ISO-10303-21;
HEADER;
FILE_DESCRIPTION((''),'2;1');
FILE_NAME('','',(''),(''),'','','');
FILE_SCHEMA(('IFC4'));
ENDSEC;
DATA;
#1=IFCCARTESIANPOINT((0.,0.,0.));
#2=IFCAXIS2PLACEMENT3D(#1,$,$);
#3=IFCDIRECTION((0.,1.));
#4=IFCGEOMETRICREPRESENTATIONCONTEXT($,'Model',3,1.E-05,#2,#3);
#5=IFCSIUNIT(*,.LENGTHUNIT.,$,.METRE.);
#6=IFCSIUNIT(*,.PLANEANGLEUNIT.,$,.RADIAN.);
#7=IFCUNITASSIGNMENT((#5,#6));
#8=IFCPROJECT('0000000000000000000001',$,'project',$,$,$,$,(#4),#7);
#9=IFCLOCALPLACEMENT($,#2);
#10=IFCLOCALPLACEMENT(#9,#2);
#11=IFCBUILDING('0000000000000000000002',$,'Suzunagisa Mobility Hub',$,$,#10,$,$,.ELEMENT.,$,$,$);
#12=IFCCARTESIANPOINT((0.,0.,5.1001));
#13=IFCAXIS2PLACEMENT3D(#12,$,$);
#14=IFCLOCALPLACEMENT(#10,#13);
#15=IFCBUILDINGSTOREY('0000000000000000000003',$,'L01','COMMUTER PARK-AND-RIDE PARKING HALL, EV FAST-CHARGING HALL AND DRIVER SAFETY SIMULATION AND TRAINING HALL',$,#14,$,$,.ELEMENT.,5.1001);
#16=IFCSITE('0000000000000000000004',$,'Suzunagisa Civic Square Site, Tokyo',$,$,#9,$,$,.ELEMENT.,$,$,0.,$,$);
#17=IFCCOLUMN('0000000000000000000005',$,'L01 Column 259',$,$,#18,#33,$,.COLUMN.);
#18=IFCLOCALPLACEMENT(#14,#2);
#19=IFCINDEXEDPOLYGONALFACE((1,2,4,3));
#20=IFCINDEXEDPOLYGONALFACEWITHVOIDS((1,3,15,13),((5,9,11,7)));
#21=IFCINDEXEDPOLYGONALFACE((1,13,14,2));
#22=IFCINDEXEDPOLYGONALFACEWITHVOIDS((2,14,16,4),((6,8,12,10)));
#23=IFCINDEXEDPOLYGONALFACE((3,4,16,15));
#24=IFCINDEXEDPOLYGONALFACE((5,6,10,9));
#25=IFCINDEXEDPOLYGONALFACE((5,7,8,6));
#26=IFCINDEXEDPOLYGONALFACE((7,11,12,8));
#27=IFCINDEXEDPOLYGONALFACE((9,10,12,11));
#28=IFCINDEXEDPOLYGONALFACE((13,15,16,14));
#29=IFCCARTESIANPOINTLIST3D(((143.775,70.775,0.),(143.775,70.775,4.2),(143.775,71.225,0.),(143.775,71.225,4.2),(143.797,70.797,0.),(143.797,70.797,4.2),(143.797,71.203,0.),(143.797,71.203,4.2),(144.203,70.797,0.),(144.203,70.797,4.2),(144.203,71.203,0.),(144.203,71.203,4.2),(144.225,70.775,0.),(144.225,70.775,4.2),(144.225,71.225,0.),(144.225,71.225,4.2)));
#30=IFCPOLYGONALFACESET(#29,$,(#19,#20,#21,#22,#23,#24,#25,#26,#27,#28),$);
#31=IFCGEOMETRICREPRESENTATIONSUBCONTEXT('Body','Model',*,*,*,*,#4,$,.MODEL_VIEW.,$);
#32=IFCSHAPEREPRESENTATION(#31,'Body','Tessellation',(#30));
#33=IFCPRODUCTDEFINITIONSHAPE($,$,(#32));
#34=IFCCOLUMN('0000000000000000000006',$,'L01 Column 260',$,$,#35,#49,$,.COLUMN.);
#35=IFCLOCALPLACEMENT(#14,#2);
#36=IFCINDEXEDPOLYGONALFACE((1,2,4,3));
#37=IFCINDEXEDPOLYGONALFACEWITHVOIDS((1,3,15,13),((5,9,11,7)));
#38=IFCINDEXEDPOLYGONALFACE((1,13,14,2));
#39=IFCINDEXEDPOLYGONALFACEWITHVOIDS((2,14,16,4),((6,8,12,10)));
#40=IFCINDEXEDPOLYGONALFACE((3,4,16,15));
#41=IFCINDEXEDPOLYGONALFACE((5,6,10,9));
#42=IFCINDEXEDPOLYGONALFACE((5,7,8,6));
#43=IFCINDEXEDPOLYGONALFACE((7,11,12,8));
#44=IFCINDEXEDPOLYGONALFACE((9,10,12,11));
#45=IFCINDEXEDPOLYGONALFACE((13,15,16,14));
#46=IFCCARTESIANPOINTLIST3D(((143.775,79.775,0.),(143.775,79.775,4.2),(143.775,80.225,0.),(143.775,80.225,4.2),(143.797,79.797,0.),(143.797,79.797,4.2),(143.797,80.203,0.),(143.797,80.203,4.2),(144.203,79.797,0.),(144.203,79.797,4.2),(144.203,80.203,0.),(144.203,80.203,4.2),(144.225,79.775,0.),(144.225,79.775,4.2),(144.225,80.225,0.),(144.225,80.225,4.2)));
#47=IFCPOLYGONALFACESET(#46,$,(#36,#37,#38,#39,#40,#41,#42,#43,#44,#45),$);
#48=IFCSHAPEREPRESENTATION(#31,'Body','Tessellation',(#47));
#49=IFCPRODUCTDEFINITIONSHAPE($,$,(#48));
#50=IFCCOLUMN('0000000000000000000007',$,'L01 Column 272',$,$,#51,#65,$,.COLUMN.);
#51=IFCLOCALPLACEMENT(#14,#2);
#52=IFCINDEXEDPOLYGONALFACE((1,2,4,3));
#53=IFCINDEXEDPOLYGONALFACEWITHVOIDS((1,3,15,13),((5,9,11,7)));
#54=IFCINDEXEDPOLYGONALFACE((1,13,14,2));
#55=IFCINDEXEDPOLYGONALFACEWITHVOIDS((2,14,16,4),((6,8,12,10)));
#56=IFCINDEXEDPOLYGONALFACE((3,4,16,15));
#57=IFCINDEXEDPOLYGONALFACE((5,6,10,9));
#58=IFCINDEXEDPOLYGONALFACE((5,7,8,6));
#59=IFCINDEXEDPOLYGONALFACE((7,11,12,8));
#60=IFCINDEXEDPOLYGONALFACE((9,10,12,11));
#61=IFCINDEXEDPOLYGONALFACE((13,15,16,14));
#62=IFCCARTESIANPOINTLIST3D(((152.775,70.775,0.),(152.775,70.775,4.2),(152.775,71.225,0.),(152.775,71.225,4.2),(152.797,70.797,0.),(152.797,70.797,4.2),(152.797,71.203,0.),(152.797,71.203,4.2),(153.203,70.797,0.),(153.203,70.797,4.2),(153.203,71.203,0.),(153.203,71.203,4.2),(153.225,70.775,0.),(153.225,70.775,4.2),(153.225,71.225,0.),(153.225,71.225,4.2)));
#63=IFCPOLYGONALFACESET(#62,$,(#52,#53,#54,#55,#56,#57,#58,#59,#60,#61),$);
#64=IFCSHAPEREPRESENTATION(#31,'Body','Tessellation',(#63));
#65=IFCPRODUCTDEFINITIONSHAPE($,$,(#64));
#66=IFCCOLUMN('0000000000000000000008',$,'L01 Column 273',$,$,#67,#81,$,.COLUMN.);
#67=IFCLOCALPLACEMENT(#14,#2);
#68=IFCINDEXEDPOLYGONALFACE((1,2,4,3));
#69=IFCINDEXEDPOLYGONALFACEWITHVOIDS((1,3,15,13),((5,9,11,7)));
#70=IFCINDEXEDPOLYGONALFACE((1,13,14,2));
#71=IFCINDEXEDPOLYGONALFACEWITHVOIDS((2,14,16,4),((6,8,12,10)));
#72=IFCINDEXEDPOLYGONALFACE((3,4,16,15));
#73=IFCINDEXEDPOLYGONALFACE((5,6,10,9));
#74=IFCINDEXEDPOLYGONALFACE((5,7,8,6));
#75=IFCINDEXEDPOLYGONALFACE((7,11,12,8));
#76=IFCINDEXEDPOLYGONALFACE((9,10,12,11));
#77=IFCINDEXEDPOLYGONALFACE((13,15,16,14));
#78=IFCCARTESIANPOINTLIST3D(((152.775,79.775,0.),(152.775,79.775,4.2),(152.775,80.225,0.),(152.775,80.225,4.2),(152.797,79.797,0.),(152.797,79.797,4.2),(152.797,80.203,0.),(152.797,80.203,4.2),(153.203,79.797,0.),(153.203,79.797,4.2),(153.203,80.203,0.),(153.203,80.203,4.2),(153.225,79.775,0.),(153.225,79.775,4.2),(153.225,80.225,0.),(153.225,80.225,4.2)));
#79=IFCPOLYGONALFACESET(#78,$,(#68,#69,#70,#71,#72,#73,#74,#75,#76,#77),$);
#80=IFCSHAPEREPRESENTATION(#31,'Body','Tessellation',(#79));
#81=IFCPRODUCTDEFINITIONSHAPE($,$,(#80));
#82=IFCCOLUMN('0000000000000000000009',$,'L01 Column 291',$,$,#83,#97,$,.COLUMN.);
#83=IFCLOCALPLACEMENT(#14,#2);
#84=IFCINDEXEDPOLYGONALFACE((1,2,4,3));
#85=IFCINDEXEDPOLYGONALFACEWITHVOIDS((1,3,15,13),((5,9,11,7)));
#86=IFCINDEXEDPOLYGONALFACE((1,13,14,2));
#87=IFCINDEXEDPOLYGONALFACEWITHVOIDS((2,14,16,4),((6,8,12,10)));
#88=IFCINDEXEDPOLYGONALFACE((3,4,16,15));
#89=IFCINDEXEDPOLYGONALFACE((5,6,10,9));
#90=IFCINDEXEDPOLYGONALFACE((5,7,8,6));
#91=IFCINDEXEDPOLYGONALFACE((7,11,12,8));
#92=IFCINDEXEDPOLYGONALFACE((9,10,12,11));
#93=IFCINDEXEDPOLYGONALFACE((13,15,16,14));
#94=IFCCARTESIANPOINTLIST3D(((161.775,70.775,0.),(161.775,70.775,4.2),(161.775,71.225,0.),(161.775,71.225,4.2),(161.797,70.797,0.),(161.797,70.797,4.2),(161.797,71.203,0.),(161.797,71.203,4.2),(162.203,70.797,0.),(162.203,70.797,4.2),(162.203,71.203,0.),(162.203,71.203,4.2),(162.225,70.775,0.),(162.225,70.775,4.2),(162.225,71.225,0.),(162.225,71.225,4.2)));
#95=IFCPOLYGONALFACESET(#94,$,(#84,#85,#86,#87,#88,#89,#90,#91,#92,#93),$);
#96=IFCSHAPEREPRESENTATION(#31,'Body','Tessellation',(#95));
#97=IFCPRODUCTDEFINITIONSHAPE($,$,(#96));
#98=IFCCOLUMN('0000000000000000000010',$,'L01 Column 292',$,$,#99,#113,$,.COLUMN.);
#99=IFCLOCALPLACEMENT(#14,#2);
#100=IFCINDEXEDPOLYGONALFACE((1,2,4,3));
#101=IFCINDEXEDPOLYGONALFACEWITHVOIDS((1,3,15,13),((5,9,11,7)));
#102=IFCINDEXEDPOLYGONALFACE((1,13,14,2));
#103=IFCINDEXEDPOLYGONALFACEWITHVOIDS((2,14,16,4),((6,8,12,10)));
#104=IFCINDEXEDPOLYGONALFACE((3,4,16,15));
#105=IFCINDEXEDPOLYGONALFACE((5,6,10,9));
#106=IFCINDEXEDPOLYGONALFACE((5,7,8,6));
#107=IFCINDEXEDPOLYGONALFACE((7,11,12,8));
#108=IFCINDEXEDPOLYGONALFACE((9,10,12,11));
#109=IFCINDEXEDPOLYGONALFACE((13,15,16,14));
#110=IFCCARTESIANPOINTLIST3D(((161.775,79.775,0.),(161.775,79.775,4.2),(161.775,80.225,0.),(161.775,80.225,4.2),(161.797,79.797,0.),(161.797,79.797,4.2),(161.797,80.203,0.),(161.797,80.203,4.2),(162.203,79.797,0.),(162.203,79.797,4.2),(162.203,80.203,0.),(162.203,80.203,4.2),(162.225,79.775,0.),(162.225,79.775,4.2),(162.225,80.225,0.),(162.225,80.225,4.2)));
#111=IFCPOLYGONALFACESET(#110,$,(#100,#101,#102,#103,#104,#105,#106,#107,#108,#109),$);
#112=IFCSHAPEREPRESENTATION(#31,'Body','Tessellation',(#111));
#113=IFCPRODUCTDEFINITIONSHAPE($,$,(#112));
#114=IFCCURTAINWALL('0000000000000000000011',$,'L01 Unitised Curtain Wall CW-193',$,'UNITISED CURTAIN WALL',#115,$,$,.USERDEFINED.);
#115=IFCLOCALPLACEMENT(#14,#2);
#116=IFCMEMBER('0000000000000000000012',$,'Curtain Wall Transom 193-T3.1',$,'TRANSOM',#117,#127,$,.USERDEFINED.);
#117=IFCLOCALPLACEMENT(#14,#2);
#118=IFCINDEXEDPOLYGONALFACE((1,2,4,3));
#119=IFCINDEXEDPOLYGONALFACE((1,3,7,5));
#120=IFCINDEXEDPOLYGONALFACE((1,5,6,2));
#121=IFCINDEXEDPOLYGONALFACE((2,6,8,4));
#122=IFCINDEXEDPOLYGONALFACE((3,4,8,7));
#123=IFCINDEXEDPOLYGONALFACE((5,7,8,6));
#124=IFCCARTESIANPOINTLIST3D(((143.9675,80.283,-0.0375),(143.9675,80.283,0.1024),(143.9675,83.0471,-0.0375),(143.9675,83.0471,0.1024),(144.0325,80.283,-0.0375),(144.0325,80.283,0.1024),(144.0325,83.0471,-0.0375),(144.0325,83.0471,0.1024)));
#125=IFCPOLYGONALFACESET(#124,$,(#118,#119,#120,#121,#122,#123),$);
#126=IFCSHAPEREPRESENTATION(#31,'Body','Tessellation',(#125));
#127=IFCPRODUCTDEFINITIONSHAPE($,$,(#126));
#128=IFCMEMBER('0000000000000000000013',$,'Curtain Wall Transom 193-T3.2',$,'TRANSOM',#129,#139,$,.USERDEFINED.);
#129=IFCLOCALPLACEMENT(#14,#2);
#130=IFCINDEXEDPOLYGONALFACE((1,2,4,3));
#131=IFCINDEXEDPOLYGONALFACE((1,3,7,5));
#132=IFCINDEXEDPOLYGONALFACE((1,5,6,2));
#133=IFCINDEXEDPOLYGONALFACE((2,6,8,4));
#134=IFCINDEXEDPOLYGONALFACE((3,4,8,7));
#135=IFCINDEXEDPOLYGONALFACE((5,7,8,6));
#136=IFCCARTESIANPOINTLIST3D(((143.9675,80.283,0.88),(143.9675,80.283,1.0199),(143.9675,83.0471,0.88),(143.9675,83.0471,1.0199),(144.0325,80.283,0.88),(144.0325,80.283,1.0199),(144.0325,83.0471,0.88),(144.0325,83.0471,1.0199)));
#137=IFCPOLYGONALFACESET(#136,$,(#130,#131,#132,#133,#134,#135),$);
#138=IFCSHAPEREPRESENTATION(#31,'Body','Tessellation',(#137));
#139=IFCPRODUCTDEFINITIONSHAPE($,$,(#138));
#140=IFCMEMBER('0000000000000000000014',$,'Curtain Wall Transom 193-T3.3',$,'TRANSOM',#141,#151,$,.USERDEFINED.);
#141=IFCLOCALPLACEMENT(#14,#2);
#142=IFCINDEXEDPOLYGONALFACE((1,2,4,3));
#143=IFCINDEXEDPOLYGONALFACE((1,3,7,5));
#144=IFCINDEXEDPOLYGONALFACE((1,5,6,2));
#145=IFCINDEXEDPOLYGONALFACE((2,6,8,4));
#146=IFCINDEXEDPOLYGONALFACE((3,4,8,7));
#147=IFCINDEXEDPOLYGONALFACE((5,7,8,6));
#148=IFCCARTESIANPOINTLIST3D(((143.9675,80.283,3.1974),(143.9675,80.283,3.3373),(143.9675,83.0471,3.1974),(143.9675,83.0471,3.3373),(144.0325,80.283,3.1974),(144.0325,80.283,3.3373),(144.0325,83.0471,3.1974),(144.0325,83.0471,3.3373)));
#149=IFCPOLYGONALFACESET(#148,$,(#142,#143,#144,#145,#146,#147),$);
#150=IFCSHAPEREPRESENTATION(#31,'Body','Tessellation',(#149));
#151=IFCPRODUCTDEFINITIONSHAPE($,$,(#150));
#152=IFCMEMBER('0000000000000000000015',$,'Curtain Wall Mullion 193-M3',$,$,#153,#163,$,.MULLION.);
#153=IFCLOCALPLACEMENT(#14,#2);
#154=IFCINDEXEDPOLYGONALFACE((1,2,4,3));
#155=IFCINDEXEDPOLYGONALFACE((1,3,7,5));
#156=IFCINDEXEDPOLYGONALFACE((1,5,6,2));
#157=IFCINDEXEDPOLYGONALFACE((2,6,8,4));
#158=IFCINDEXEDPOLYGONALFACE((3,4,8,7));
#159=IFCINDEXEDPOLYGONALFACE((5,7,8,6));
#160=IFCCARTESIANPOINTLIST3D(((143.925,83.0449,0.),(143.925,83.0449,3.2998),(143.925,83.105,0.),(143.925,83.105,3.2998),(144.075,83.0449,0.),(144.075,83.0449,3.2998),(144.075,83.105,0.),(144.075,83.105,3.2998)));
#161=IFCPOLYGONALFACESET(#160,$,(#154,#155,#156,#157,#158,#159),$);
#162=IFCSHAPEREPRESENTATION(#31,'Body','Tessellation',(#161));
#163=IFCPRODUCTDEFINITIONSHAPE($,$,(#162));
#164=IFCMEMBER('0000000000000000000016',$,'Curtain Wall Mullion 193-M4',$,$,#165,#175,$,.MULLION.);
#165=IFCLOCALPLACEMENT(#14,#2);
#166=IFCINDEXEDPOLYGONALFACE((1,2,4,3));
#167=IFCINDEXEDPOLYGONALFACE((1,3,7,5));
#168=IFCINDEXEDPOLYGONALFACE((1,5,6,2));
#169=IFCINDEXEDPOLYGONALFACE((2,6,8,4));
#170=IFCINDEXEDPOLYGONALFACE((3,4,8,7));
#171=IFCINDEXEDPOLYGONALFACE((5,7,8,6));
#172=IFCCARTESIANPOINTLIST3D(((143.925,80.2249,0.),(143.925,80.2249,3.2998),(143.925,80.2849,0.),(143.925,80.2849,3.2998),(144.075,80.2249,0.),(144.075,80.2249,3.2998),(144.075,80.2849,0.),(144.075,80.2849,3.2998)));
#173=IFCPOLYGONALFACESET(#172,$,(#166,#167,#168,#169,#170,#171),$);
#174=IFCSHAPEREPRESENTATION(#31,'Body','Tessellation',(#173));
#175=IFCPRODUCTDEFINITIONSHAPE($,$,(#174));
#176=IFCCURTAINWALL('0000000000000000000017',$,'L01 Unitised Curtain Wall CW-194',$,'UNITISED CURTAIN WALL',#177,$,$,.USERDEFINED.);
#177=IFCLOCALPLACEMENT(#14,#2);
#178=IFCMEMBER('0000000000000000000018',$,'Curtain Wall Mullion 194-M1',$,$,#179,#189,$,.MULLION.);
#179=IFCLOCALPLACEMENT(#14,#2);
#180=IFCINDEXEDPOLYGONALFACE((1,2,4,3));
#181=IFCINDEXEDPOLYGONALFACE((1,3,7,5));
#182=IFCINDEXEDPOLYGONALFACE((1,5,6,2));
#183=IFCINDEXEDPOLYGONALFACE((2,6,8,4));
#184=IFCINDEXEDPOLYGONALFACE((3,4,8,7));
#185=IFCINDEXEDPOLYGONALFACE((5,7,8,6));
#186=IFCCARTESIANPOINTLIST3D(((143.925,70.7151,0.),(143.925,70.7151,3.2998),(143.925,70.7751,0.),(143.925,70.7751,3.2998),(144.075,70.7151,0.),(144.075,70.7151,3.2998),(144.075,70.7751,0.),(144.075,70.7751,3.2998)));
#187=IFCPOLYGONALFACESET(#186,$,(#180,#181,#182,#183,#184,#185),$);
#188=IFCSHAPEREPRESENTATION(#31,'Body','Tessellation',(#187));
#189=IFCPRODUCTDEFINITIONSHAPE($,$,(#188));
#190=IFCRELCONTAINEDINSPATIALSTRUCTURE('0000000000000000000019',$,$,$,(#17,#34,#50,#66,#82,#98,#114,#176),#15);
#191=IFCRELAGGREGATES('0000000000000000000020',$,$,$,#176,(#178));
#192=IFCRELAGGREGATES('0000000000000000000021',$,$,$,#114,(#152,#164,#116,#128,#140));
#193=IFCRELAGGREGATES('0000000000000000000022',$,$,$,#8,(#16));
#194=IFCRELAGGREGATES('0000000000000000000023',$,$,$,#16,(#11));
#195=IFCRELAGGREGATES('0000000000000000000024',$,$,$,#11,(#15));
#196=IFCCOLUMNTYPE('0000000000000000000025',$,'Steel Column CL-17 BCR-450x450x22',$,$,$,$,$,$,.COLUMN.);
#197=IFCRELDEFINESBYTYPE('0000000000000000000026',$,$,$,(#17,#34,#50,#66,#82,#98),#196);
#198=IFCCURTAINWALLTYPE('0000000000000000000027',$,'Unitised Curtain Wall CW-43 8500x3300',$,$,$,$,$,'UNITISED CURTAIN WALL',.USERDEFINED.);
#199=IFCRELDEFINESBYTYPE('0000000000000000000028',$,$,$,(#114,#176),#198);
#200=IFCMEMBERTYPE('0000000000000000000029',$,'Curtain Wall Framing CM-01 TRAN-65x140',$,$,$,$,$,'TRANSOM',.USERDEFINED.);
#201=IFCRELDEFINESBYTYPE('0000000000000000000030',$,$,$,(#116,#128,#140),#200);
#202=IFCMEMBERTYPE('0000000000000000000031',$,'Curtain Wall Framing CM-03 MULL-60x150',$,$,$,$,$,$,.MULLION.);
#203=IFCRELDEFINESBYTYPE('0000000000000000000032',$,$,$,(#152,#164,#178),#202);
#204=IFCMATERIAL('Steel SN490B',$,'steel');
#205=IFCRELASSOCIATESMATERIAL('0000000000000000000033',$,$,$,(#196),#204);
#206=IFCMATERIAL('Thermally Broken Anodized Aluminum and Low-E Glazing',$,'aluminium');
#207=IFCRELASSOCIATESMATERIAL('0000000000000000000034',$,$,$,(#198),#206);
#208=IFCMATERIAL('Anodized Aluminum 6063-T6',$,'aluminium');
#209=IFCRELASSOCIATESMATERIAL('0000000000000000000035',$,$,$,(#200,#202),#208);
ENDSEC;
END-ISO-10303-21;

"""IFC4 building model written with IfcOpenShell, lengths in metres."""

from ifc_helpers import new_model, si_unit, direction, frame, origin, origin_2d, place, context, subcontext, project, spatial, rectangle, hollow_rectangle, extrude, material, material_profile, profile_set, type_object, element, aggregate, save


model = new_model("IFC4")

# Units and contexts
model_context = context("Model", 3, precision=1e-05, world=origin(), true_north=direction((0.0, 1.0)))
body_context = subcontext(model_context, "Body", "Model", "MODEL_VIEW")
ifc_project = project(units=[si_unit("LENGTHUNIT", "METRE"), si_unit("PLANEANGLEUNIT", "RADIAN")], contexts=[model_context])

# Site, building, storey
site_placement = place(None, origin())
site = spatial("IfcSite", under=ifc_project, at=site_placement, Name="Suzunagisa Civic Square Site, Tokyo", CompositionType="ELEMENT", RefElevation=0.0)
building_placement = place(site_placement, origin())
building = spatial("IfcBuilding", under=site, at=building_placement, Name="Suzunagisa Mobility Hub", CompositionType="ELEMENT")
storey_placement = place(building_placement, frame((0.0, 0.0, 5.1001)))
storey = spatial("IfcBuildingStorey", under=building, at=storey_placement, Name="L01", Description="COMMUTER PARK-AND-RIDE PARKING HALL, EV FAST-CHARGING HALL AND DRIVER SAFETY SIMULATION AND TRAINING HALL", CompositionType="ELEMENT", Elevation=5.1001)

# Columns
ifc_material_1 = material(Name="Steel SN490B", Category="steel")
ifc_material_profile_1 = material_profile(ifc_material_1, hollow_rectangle(XDim=0.45, YDim=0.45, WallThickness=0.022, at=origin_2d()), Name="BCR-450x450x22")
ifc_profile_set_1 = profile_set([ifc_material_profile_1], Name="Steel SN490B")
column_type = type_object("IfcColumnType", Name="Steel Column CL-17 BCR-450x450x22", PredefinedType="COLUMN", material=ifc_profile_set_1)
for number, where, z_axis, x_axis, name in (
    (1, (144.0, 71.0, 0.0), (0.0, 0.0, 1.0), (1.0, 0.0, 0.0), "L01 Column 259"),
    (2, (144.0, 80.0, 0.0), (0.0, 0.0, 1.0), (1.0, 0.0, 0.0), "L01 Column 260"),
    (3, (153.0, 71.0, 0.0), (0.0, 0.0, 1.0), (1.0, 0.0, 0.0), "L01 Column 272"),
    (4, (153.0, 80.0, 0.0), (0.0, 0.0, 1.0), (1.0, 0.0, 0.0), "L01 Column 273"),
    (5, (162.0, 71.0, 0.0), (0.0, 0.0, 1.0), (1.0, 0.0, 0.0), "L01 Column 291"),
    (6, (162.0, 80.0, 0.0), (0.0, 0.0, 1.0), (1.0, 0.0, 0.0), "L01 Column 292"),
):
    element("IfcColumn", number, at=place(storey_placement, frame(where, z_axis=z_axis, x_axis=x_axis)), inside=storey, type_object=column_type, Name=name, PredefinedType="COLUMN", context=body_context, shape_type="SweptSolid", body=[
        extrude(hollow_rectangle(XDim=0.45, YDim=0.45, WallThickness=0.022, at=origin_2d()), origin(), (0.0, 0.0, 1.0), 4.2),
    ])

# Curtain wall, members
ifc_material_2 = material(Name="Thermally Broken Anodized Aluminum and Low-E Glazing", Category="aluminium")
curtain_wall_type = type_object("IfcCurtainWallType", Name="Unitised Curtain Wall CW-43 8500x3300", ElementType="UNITISED CURTAIN WALL", PredefinedType="USERDEFINED", material=ifc_material_2)
curtain_wall_1_placement = place(storey_placement, origin())
curtain_wall_1 = element("IfcCurtainWall", 7, at=curtain_wall_1_placement, inside=storey, type_object=curtain_wall_type, Name="L01 Unitised Curtain Wall CW-193", ObjectType="UNITISED CURTAIN WALL", PredefinedType="USERDEFINED")
ifc_material_3 = material(Name="Anodized Aluminum 6063-T6", Category="aluminium")
ifc_material_profile_2 = material_profile(ifc_material_3, rectangle(XDim=0.0649, YDim=0.1399, at=origin_2d()), Name="TRAN-65x140")
ifc_profile_set_2 = profile_set([ifc_material_profile_2], Name="Anodized Aluminum 6063-T6")
member_type_1 = type_object("IfcMemberType", Name="Curtain Wall Framing CM-01 TRAN-65x140", ElementType="TRANSOM", PredefinedType="USERDEFINED", material=ifc_profile_set_2)
member_1_placement = place(storey_placement, frame((144.0, 83.0471, 0.0325), z_axis=(0.0, -1.0, 0.0), x_axis=(1.0, 0.0, 0.0)))
member_1 = element("IfcMember", 8, at=member_1_placement, type_object=member_type_1, Name="Curtain Wall Transom 193-T3.1", ObjectType="TRANSOM", PredefinedType="USERDEFINED", context=body_context, shape_type="SweptSolid", body=[
    extrude(rectangle(XDim=0.0649, YDim=0.1399, at=origin_2d()), origin(), (0.0, 0.0, 1.0), 2.7642),
])
member_2_placement = place(storey_placement, frame((144.0, 83.0471, 0.95), z_axis=(0.0, -1.0, 0.0), x_axis=(1.0, 0.0, 0.0)))
member_2 = element("IfcMember", 9, at=member_2_placement, type_object=member_type_1, Name="Curtain Wall Transom 193-T3.2", ObjectType="TRANSOM", PredefinedType="USERDEFINED", context=body_context, shape_type="SweptSolid", body=[
    extrude(rectangle(XDim=0.0649, YDim=0.1399, at=origin_2d()), origin(), (0.0, 0.0, 1.0), 2.7642),
])
member_3_placement = place(storey_placement, frame((144.0, 83.0471, 3.2673), z_axis=(0.0, -1.0, 0.0), x_axis=(1.0, 0.0, 0.0)))
member_3 = element("IfcMember", 10, at=member_3_placement, type_object=member_type_1, Name="Curtain Wall Transom 193-T3.3", ObjectType="TRANSOM", PredefinedType="USERDEFINED", context=body_context, shape_type="SweptSolid", body=[
    extrude(rectangle(XDim=0.0649, YDim=0.1399, at=origin_2d()), origin(), (0.0, 0.0, 1.0), 2.7642),
])
ifc_material_profile_3 = material_profile(ifc_material_3, rectangle(XDim=0.0601, YDim=0.1499, at=origin_2d()), Name="MULL-60x150")
ifc_profile_set_3 = profile_set([ifc_material_profile_3], Name="Anodized Aluminum 6063-T6")
member_type_2 = type_object("IfcMemberType", Name="Curtain Wall Framing CM-03 MULL-60x150", PredefinedType="MULLION", material=ifc_profile_set_3)
member_4_placement = place(storey_placement, frame((144.0, 83.075, 0.0), z_axis=(0.0, 0.0, 1.0), x_axis=(0.0, -1.0, 0.0)))
member_4 = element("IfcMember", 11, at=member_4_placement, type_object=member_type_2, Name="Curtain Wall Mullion 193-M3", PredefinedType="MULLION", context=body_context, shape_type="SweptSolid", body=[
    extrude(rectangle(XDim=0.0601, YDim=0.1499, at=origin_2d()), origin(), (0.0, 0.0, 1.0), 3.2998),
])
member_5_placement = place(storey_placement, frame((144.0, 80.2549, 0.0), z_axis=(0.0, 0.0, 1.0), x_axis=(0.0, -1.0, 0.0)))
member_5 = element("IfcMember", 12, at=member_5_placement, type_object=member_type_2, Name="Curtain Wall Mullion 193-M4", PredefinedType="MULLION", context=body_context, shape_type="SweptSolid", body=[
    extrude(rectangle(XDim=0.0601, YDim=0.1499, at=origin_2d()), origin(), (0.0, 0.0, 1.0), 3.2998),
])

# Curtain wall, member
curtain_wall_2_placement = place(storey_placement, origin())
curtain_wall_2 = element("IfcCurtainWall", 13, at=curtain_wall_2_placement, inside=storey, type_object=curtain_wall_type, Name="L01 Unitised Curtain Wall CW-194", ObjectType="UNITISED CURTAIN WALL", PredefinedType="USERDEFINED")
member_6_placement = place(storey_placement, frame((144.0, 70.7451, 0.0), z_axis=(0.0, 0.0, 1.0), x_axis=(0.0, -1.0, 0.0)))
member_6 = element("IfcMember", 14, at=member_6_placement, type_object=member_type_2, Name="Curtain Wall Mullion 194-M1", PredefinedType="MULLION", context=body_context, shape_type="SweptSolid", body=[
    extrude(rectangle(XDim=0.0601, YDim=0.1499, at=origin_2d()), origin(), (0.0, 0.0, 1.0), 3.2998),
])
aggregate(curtain_wall_2, [member_6])

aggregate(curtain_wall_1, [member_4, member_5, member_1, member_2, member_3])

save(model, "model.ifc")
